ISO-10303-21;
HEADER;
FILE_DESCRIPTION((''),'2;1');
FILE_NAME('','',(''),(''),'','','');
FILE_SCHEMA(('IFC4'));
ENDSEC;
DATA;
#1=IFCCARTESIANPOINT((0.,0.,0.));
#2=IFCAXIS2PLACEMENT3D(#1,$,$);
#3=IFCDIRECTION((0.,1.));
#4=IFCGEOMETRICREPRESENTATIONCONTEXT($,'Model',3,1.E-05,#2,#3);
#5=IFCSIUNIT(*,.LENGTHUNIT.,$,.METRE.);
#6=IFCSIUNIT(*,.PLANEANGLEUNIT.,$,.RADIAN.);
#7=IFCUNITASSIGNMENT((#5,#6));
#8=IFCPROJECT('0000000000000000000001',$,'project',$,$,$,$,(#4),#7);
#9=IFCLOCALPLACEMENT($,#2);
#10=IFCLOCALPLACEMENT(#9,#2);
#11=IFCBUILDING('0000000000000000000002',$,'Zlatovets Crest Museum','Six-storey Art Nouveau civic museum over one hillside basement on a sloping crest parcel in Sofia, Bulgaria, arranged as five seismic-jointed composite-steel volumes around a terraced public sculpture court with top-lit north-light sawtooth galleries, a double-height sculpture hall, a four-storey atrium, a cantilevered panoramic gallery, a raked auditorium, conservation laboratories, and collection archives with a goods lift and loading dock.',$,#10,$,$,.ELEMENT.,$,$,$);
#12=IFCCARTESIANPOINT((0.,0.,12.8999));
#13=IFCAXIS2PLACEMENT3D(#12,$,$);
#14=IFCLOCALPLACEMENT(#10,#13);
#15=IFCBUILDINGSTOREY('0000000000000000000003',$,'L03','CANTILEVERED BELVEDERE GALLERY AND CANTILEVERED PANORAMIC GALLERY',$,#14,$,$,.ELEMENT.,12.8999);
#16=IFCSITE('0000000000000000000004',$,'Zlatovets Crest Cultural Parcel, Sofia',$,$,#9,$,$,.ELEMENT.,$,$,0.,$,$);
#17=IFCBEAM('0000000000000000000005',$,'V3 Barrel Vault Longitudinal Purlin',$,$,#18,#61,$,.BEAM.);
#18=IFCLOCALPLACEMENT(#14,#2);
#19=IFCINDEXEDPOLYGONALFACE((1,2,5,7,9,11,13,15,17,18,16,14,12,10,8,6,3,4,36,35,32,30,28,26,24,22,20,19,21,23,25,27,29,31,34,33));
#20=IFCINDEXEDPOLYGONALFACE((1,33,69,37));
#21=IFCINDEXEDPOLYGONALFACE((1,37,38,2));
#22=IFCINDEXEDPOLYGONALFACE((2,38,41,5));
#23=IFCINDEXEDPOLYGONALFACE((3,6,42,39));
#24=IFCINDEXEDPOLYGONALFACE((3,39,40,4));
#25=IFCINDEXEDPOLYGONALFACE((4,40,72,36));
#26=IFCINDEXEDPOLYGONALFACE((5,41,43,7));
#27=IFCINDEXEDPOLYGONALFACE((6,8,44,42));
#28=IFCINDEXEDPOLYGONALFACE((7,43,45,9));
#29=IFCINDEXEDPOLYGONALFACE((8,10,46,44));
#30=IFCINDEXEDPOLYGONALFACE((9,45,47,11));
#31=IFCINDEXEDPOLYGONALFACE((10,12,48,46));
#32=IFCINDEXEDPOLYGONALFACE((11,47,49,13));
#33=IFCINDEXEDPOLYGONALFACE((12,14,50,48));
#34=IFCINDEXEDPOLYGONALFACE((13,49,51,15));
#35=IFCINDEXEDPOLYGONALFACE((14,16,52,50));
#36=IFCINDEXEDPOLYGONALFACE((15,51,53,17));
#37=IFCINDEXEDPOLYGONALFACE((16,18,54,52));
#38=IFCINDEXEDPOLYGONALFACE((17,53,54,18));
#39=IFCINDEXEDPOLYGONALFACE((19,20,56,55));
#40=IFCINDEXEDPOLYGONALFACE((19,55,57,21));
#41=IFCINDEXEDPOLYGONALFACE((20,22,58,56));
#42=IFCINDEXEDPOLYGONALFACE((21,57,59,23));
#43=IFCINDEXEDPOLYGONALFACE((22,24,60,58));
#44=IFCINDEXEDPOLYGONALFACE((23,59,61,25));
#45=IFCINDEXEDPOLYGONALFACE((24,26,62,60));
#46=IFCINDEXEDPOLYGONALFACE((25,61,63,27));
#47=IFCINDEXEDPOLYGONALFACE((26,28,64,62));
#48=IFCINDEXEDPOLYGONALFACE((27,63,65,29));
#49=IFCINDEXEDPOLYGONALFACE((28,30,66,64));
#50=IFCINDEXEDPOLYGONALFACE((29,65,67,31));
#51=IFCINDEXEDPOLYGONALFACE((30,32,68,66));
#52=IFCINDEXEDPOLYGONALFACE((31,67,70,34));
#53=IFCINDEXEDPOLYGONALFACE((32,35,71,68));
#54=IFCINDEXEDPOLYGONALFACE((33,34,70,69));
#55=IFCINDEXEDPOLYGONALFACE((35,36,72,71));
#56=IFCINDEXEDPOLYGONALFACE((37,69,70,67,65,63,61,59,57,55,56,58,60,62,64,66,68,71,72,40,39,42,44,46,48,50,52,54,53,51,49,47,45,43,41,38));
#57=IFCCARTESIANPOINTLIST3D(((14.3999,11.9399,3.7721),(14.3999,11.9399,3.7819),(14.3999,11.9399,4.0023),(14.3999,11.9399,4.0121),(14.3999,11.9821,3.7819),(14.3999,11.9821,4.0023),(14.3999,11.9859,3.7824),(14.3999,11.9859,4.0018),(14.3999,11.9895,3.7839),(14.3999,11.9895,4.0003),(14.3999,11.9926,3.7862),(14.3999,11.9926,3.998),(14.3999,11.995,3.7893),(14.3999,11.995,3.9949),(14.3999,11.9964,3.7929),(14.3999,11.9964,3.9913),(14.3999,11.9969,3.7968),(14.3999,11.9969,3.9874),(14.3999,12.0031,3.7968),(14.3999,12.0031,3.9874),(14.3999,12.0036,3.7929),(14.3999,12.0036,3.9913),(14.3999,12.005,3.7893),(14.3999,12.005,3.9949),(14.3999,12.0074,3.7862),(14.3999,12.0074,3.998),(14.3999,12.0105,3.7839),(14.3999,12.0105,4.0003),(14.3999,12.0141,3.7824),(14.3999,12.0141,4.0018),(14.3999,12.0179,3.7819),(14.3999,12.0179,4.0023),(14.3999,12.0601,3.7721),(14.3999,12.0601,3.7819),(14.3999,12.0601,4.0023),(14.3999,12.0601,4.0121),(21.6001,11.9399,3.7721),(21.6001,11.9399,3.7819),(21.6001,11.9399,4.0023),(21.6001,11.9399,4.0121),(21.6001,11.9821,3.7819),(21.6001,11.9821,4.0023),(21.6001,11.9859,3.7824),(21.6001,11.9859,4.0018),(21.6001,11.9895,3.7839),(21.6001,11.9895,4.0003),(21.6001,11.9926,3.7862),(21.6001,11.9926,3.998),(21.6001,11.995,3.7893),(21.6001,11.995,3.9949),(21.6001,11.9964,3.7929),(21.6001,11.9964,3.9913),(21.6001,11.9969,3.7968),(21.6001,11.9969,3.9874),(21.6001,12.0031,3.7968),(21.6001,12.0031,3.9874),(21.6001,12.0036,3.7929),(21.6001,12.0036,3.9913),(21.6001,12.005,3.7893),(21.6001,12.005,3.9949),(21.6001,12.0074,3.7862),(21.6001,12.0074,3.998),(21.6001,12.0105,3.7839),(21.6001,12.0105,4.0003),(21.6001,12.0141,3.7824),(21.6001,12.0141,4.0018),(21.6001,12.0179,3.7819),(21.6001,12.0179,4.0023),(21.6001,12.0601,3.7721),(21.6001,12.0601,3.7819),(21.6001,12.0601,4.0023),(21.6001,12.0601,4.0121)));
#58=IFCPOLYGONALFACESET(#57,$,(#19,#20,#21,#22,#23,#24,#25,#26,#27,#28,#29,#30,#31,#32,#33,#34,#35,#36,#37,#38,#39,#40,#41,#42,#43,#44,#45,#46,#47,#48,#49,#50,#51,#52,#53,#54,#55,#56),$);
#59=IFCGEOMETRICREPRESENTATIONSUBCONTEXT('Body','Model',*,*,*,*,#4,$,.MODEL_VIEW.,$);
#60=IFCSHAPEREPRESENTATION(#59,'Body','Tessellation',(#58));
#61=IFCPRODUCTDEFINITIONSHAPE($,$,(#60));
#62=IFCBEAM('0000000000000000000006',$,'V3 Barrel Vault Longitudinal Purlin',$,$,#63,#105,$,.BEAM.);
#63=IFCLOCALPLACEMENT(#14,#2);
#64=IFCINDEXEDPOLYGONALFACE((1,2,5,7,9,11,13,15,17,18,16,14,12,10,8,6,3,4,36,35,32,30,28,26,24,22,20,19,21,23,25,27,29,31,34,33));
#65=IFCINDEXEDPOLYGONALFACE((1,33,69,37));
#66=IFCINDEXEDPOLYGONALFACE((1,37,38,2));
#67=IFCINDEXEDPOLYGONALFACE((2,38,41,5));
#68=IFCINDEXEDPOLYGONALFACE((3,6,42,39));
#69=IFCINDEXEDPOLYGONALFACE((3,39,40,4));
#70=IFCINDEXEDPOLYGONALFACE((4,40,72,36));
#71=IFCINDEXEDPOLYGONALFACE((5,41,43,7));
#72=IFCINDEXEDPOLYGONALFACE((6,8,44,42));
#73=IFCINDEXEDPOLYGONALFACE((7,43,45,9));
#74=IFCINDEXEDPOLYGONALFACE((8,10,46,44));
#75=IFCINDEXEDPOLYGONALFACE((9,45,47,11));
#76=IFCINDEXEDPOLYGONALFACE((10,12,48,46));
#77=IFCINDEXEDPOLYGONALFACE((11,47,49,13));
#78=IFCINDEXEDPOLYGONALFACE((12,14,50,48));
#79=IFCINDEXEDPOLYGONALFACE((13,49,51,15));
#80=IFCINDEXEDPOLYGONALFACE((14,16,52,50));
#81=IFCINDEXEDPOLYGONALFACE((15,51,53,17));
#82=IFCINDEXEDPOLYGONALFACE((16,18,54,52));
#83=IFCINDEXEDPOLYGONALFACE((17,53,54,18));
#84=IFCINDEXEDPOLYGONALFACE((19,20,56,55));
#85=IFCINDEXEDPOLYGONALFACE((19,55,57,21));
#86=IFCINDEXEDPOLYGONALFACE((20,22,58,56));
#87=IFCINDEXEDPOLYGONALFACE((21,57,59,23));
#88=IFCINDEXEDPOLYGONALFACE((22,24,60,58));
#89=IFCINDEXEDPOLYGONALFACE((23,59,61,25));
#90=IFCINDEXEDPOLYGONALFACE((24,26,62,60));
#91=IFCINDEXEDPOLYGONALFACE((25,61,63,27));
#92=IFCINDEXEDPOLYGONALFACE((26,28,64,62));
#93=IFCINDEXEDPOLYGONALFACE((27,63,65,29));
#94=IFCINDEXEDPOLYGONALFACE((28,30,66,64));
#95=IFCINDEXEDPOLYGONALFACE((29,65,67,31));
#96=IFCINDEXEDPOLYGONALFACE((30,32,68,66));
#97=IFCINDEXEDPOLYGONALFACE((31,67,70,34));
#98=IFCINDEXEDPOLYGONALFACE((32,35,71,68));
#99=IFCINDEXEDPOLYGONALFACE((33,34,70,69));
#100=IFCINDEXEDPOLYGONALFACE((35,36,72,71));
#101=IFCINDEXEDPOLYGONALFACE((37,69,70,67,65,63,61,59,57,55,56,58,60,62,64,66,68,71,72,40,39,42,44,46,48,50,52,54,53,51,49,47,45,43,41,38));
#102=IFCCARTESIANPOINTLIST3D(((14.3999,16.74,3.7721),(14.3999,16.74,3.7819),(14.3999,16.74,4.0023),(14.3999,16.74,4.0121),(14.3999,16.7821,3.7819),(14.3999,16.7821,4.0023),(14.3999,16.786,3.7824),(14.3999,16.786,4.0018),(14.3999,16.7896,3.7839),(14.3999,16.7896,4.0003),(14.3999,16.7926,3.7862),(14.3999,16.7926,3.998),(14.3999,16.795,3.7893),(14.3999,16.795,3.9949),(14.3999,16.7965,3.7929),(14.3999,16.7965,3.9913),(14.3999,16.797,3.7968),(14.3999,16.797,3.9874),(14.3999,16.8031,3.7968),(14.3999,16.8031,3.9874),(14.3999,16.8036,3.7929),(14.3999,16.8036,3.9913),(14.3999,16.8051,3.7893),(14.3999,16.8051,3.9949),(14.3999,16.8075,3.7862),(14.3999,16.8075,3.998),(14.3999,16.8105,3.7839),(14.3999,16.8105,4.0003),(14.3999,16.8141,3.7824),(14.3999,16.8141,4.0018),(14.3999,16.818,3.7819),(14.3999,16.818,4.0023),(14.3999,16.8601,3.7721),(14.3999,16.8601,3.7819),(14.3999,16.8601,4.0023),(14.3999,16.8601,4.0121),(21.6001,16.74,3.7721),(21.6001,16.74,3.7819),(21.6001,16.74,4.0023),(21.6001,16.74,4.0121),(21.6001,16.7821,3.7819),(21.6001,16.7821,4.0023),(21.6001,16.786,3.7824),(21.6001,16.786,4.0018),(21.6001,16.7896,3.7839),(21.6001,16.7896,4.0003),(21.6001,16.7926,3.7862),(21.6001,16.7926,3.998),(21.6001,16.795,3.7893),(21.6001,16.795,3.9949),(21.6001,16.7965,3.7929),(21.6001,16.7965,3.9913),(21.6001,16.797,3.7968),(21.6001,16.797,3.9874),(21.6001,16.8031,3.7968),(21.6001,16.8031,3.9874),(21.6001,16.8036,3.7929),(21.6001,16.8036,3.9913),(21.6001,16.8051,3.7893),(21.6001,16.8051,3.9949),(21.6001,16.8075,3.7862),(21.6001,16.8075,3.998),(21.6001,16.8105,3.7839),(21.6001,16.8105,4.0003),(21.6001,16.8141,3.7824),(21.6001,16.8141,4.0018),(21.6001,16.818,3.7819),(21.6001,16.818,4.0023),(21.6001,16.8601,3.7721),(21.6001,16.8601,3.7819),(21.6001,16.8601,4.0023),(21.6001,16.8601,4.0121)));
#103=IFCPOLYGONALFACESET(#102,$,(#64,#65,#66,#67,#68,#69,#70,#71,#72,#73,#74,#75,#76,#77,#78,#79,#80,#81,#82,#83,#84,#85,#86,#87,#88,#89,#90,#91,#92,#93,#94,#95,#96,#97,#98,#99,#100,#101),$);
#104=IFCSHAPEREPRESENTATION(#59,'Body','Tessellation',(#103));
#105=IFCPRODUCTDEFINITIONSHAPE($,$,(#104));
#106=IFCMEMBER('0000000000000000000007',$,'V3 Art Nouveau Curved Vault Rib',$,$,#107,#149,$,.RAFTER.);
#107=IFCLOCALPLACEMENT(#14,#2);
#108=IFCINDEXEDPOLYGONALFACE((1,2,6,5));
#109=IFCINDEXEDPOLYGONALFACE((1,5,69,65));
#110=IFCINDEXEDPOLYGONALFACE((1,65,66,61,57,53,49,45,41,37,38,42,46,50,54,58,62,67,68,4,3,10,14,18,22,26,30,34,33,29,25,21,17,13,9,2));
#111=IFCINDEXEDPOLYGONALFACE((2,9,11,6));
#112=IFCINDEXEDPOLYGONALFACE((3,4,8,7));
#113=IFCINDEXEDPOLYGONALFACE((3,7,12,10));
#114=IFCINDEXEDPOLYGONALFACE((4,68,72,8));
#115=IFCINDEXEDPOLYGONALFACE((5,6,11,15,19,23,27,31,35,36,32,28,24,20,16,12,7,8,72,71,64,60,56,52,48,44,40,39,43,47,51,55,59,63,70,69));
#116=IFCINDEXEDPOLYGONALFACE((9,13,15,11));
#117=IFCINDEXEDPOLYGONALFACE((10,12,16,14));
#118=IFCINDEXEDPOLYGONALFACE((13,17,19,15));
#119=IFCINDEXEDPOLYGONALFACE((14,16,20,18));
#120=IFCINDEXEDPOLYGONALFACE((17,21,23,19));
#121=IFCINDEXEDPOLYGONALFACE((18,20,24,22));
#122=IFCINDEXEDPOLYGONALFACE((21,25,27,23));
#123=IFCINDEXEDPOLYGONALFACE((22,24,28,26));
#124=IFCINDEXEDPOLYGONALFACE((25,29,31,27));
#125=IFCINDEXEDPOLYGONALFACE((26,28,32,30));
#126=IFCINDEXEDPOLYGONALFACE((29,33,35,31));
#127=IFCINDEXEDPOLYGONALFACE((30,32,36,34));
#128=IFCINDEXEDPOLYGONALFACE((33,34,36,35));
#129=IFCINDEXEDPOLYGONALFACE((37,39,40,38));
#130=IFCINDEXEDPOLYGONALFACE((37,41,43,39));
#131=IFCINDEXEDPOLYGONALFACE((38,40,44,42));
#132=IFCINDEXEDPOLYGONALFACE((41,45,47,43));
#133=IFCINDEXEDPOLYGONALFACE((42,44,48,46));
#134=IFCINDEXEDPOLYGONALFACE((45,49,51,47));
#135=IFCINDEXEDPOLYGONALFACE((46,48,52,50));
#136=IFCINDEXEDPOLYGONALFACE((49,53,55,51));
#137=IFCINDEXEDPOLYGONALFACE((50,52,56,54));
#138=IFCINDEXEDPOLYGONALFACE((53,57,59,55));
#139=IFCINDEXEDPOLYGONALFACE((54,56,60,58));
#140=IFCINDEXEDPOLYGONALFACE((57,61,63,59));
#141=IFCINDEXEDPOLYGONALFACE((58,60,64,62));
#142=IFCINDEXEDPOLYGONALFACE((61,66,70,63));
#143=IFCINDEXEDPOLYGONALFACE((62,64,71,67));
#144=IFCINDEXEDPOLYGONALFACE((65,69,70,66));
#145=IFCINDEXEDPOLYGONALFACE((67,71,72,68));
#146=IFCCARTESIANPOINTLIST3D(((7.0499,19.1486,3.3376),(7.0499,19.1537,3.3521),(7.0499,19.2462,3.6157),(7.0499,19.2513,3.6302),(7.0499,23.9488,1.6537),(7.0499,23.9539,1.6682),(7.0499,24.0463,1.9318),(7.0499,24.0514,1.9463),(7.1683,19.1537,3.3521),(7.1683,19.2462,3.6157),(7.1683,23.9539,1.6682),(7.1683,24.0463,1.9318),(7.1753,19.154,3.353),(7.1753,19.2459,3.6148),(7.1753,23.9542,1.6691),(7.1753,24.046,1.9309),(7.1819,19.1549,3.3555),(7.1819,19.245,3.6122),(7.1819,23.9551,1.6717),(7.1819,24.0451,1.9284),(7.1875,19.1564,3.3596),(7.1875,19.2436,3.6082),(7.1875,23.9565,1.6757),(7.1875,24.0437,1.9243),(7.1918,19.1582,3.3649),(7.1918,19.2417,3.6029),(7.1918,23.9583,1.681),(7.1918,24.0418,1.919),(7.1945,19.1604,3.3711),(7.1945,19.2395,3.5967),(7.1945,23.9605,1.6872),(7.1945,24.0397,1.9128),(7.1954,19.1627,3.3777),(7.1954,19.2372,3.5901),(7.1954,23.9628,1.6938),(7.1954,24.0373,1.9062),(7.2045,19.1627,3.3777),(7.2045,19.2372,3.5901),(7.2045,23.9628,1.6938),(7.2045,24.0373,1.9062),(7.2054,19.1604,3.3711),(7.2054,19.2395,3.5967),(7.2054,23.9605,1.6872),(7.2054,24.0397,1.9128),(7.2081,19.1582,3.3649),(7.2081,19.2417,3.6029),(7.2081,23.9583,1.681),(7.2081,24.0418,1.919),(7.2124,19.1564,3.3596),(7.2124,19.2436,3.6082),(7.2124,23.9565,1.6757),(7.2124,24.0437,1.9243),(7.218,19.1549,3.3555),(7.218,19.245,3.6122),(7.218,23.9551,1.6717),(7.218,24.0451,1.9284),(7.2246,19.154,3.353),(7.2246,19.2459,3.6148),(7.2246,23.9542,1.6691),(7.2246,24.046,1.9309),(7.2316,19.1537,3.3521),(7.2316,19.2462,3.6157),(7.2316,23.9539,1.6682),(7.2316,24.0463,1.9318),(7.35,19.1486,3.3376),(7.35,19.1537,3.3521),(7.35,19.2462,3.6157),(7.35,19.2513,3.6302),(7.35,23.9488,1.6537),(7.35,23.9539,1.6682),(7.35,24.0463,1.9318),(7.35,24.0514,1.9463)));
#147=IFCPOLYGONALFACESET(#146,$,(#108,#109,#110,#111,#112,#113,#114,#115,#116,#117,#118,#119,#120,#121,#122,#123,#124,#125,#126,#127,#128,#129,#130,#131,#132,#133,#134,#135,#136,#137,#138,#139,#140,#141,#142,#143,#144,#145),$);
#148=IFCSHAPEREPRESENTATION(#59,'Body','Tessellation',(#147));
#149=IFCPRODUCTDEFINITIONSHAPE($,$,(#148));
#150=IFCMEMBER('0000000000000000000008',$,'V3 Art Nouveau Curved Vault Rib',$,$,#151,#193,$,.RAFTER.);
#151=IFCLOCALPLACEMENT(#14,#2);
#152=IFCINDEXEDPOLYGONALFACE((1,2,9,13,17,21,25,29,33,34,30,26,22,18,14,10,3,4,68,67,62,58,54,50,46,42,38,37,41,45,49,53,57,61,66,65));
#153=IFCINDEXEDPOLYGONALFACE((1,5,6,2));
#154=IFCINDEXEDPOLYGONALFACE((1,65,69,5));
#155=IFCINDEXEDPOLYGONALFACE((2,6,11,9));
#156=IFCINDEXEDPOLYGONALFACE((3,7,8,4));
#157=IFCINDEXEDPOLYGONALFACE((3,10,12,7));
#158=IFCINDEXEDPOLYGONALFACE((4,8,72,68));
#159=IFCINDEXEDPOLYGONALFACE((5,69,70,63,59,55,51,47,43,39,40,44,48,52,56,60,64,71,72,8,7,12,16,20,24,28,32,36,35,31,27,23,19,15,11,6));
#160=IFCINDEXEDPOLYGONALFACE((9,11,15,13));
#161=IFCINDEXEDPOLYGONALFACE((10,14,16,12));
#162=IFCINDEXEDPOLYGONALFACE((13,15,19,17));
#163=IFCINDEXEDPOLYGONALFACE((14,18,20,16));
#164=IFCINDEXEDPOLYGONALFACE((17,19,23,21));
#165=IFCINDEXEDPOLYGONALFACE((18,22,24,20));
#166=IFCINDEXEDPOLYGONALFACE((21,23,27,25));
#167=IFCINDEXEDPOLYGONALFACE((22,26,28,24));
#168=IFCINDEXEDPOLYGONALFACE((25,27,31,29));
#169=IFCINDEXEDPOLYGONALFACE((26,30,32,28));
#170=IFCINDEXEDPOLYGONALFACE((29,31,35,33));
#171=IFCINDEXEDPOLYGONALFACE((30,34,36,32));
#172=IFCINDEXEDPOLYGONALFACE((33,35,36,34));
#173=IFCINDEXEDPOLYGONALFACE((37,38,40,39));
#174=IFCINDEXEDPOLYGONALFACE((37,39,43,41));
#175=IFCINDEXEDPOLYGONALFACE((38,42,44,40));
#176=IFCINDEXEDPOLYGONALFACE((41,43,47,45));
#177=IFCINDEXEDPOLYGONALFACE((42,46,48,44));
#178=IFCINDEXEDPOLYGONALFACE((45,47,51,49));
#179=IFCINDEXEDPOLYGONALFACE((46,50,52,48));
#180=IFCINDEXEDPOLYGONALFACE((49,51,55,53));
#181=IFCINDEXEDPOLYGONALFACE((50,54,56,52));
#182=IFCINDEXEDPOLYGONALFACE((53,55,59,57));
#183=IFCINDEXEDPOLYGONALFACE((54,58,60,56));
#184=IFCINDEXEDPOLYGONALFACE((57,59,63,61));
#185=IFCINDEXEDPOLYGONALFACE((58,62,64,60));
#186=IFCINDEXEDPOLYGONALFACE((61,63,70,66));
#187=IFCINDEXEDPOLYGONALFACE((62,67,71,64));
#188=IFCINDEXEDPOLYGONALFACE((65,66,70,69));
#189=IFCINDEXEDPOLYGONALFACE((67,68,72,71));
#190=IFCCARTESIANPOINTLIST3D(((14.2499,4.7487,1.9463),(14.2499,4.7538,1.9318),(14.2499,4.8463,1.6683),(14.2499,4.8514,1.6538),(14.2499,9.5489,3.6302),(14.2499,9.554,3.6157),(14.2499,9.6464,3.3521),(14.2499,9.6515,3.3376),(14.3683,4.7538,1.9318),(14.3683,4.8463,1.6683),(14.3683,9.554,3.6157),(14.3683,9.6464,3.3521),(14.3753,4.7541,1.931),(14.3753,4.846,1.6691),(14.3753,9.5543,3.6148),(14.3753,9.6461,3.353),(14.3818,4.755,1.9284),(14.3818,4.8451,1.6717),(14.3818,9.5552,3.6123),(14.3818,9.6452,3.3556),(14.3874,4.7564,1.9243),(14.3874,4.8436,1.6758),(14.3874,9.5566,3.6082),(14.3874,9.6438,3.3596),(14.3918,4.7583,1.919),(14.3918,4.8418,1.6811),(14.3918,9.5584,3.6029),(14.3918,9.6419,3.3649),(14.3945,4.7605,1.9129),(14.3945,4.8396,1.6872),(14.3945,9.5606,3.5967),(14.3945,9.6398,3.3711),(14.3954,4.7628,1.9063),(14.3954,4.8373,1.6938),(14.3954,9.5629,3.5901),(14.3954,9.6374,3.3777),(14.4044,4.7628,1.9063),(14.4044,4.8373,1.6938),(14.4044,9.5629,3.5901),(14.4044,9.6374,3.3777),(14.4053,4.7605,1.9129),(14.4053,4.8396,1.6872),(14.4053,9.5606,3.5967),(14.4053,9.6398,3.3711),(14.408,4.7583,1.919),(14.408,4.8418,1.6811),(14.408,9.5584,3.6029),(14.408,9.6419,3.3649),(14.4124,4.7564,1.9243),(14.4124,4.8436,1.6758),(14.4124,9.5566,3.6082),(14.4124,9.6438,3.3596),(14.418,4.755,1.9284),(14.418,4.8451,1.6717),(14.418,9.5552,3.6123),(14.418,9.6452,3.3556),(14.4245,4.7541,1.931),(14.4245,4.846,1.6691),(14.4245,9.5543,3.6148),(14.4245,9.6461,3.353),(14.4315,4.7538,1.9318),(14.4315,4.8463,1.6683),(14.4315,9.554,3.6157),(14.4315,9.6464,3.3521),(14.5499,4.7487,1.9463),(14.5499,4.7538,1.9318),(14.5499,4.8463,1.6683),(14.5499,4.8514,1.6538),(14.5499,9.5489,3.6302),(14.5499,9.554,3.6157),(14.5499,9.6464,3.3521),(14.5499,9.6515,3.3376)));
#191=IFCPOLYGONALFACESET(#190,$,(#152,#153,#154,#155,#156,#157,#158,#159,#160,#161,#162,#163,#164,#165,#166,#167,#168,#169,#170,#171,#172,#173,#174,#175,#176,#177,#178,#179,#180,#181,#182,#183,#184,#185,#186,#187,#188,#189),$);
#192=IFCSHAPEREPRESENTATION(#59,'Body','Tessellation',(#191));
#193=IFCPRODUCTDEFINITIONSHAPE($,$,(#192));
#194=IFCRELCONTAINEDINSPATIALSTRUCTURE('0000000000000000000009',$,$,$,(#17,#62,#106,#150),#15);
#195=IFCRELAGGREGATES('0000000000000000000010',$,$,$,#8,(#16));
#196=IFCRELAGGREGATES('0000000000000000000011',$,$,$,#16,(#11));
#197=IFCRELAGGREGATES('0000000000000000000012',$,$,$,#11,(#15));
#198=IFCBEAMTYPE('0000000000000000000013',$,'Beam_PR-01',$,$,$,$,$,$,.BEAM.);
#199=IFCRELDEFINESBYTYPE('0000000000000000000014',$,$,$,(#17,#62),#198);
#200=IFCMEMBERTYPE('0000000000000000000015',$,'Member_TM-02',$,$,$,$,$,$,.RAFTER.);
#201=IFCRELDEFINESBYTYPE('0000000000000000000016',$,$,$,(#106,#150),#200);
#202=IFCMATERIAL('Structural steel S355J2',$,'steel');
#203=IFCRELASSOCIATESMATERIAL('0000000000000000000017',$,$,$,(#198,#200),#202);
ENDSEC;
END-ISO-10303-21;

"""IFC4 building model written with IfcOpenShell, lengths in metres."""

from ifc_helpers import new_model, si_unit, direction, frame, origin, origin_2d, place, context, subcontext, project, spatial, i_section, extrude, material, material_profile, profile_set, type_object, element, save


model = new_model("IFC4")

# Units and contexts
model_context = context("Model", 3, precision=1e-05, world=origin(), true_north=direction((0.0, 1.0)))
body_context = subcontext(model_context, "Body", "Model", "MODEL_VIEW")
ifc_project = project(units=[si_unit("LENGTHUNIT", "METRE"), si_unit("PLANEANGLEUNIT", "RADIAN")], contexts=[model_context])

# Site, building, storey
site_placement = place(None, origin())
site = spatial("IfcSite", under=ifc_project, at=site_placement, Name="Zlatovets Crest Cultural Parcel, Sofia", CompositionType="ELEMENT", RefElevation=0.0)
building_placement = place(site_placement, origin())
building = spatial("IfcBuilding", under=site, at=building_placement, Name="Zlatovets Crest Museum", Description="Six-storey Art Nouveau civic museum over one hillside basement on a sloping crest parcel in Sofia, Bulgaria, arranged as five seismic-jointed composite-steel volumes around a terraced public sculpture court with top-lit north-light sawtooth galleries, a double-height sculpture hall, a four-storey atrium, a cantilevered panoramic gallery, a raked auditorium, conservation laboratories, and collection archives with a goods lift and loading dock.", CompositionType="ELEMENT")
storey_placement = place(building_placement, frame((0.0, 0.0, 12.8999)))
storey = spatial("IfcBuildingStorey", under=building, at=storey_placement, Name="L03", Description="CANTILEVERED BELVEDERE GALLERY AND CANTILEVERED PANORAMIC GALLERY", CompositionType="ELEMENT", Elevation=12.8999)

# Beams
ifc_material_1 = material(Name="Structural steel S355J2", Category="steel")
ifc_material_profile_1 = material_profile(ifc_material_1, i_section(OverallWidth=0.1201, OverallDepth=0.24, WebThickness=0.0061, FlangeThickness=0.0098, FilletRadius=0.0149, at=origin_2d()), Name="IPE 240")
ifc_profile_set_1 = profile_set([ifc_material_profile_1], Name="Structural steel S355J2")
beam_type_1 = type_object("IfcBeamType", Name="Beam_PR-01", PredefinedType="BEAM", material=ifc_profile_set_1)
for number, where, z_axis, x_axis, name in (
    (1, (14.3999, 12.0, 3.8921), (1.0, 0.0, 0.0), (0.0, 1.0, 0.0), "V3 Barrel Vault Longitudinal Purlin"),
    (2, (14.3999, 16.8, 3.8921), (1.0, 0.0, 0.0), (0.0, 1.0, 0.0), "V3 Barrel Vault Longitudinal Purlin"),
):
    element("IfcBeam", number, at=place(storey_placement, frame(where, z_axis=z_axis, x_axis=x_axis)), inside=storey, type_object=beam_type_1, Name=name, PredefinedType="BEAM", context=body_context, shape_type="SweptSolid", body=[
        extrude(i_section(OverallWidth=0.1201, OverallDepth=0.24, WebThickness=0.0061, FlangeThickness=0.0098, FilletRadius=0.0149, at=origin_2d()), origin(), (0.0, 0.0, 1.0), 7.2002),
    ])

# Members
ifc_material_profile_2 = material_profile(ifc_material_1, i_section(OverallWidth=0.3, OverallDepth=0.3101, WebThickness=0.009, FlangeThickness=0.0154, FilletRadius=0.0271, at=origin_2d()), Name="HEA 320")
ifc_profile_set_2 = profile_set([ifc_material_profile_2], Name="Structural steel S355J2")
member_type_1 = type_object("IfcMemberType", Name="Member_TM-02", PredefinedType="RAFTER", material=ifc_profile_set_2)
for number, where, z_axis, x_axis, name in (
    (3, (7.2, 19.2, 3.4839), (0.0, 0.943624, -0.331019), (-1.0, 0.0, 0.0), "V3 Art Nouveau Curved Vault Rib"),
    (4, (14.3999, 4.8, 1.8), (0.0, 0.943624, 0.331019), (-1.0, 0.0, 0.0), "V3 Art Nouveau Curved Vault Rib"),
):
    element("IfcMember", number, at=place(storey_placement, frame(where, z_axis=z_axis, x_axis=x_axis)), inside=storey, type_object=member_type_1, Name=name, PredefinedType="RAFTER", context=body_context, shape_type="SweptSolid", body=[
        extrude(i_section(OverallWidth=0.3, OverallDepth=0.3101, WebThickness=0.009, FlangeThickness=0.0154, FilletRadius=0.0271, at=origin_2d()), origin(), (0.0, 0.0, 1.0), 5.0869),
    ])

save(model, "model.ifc")
